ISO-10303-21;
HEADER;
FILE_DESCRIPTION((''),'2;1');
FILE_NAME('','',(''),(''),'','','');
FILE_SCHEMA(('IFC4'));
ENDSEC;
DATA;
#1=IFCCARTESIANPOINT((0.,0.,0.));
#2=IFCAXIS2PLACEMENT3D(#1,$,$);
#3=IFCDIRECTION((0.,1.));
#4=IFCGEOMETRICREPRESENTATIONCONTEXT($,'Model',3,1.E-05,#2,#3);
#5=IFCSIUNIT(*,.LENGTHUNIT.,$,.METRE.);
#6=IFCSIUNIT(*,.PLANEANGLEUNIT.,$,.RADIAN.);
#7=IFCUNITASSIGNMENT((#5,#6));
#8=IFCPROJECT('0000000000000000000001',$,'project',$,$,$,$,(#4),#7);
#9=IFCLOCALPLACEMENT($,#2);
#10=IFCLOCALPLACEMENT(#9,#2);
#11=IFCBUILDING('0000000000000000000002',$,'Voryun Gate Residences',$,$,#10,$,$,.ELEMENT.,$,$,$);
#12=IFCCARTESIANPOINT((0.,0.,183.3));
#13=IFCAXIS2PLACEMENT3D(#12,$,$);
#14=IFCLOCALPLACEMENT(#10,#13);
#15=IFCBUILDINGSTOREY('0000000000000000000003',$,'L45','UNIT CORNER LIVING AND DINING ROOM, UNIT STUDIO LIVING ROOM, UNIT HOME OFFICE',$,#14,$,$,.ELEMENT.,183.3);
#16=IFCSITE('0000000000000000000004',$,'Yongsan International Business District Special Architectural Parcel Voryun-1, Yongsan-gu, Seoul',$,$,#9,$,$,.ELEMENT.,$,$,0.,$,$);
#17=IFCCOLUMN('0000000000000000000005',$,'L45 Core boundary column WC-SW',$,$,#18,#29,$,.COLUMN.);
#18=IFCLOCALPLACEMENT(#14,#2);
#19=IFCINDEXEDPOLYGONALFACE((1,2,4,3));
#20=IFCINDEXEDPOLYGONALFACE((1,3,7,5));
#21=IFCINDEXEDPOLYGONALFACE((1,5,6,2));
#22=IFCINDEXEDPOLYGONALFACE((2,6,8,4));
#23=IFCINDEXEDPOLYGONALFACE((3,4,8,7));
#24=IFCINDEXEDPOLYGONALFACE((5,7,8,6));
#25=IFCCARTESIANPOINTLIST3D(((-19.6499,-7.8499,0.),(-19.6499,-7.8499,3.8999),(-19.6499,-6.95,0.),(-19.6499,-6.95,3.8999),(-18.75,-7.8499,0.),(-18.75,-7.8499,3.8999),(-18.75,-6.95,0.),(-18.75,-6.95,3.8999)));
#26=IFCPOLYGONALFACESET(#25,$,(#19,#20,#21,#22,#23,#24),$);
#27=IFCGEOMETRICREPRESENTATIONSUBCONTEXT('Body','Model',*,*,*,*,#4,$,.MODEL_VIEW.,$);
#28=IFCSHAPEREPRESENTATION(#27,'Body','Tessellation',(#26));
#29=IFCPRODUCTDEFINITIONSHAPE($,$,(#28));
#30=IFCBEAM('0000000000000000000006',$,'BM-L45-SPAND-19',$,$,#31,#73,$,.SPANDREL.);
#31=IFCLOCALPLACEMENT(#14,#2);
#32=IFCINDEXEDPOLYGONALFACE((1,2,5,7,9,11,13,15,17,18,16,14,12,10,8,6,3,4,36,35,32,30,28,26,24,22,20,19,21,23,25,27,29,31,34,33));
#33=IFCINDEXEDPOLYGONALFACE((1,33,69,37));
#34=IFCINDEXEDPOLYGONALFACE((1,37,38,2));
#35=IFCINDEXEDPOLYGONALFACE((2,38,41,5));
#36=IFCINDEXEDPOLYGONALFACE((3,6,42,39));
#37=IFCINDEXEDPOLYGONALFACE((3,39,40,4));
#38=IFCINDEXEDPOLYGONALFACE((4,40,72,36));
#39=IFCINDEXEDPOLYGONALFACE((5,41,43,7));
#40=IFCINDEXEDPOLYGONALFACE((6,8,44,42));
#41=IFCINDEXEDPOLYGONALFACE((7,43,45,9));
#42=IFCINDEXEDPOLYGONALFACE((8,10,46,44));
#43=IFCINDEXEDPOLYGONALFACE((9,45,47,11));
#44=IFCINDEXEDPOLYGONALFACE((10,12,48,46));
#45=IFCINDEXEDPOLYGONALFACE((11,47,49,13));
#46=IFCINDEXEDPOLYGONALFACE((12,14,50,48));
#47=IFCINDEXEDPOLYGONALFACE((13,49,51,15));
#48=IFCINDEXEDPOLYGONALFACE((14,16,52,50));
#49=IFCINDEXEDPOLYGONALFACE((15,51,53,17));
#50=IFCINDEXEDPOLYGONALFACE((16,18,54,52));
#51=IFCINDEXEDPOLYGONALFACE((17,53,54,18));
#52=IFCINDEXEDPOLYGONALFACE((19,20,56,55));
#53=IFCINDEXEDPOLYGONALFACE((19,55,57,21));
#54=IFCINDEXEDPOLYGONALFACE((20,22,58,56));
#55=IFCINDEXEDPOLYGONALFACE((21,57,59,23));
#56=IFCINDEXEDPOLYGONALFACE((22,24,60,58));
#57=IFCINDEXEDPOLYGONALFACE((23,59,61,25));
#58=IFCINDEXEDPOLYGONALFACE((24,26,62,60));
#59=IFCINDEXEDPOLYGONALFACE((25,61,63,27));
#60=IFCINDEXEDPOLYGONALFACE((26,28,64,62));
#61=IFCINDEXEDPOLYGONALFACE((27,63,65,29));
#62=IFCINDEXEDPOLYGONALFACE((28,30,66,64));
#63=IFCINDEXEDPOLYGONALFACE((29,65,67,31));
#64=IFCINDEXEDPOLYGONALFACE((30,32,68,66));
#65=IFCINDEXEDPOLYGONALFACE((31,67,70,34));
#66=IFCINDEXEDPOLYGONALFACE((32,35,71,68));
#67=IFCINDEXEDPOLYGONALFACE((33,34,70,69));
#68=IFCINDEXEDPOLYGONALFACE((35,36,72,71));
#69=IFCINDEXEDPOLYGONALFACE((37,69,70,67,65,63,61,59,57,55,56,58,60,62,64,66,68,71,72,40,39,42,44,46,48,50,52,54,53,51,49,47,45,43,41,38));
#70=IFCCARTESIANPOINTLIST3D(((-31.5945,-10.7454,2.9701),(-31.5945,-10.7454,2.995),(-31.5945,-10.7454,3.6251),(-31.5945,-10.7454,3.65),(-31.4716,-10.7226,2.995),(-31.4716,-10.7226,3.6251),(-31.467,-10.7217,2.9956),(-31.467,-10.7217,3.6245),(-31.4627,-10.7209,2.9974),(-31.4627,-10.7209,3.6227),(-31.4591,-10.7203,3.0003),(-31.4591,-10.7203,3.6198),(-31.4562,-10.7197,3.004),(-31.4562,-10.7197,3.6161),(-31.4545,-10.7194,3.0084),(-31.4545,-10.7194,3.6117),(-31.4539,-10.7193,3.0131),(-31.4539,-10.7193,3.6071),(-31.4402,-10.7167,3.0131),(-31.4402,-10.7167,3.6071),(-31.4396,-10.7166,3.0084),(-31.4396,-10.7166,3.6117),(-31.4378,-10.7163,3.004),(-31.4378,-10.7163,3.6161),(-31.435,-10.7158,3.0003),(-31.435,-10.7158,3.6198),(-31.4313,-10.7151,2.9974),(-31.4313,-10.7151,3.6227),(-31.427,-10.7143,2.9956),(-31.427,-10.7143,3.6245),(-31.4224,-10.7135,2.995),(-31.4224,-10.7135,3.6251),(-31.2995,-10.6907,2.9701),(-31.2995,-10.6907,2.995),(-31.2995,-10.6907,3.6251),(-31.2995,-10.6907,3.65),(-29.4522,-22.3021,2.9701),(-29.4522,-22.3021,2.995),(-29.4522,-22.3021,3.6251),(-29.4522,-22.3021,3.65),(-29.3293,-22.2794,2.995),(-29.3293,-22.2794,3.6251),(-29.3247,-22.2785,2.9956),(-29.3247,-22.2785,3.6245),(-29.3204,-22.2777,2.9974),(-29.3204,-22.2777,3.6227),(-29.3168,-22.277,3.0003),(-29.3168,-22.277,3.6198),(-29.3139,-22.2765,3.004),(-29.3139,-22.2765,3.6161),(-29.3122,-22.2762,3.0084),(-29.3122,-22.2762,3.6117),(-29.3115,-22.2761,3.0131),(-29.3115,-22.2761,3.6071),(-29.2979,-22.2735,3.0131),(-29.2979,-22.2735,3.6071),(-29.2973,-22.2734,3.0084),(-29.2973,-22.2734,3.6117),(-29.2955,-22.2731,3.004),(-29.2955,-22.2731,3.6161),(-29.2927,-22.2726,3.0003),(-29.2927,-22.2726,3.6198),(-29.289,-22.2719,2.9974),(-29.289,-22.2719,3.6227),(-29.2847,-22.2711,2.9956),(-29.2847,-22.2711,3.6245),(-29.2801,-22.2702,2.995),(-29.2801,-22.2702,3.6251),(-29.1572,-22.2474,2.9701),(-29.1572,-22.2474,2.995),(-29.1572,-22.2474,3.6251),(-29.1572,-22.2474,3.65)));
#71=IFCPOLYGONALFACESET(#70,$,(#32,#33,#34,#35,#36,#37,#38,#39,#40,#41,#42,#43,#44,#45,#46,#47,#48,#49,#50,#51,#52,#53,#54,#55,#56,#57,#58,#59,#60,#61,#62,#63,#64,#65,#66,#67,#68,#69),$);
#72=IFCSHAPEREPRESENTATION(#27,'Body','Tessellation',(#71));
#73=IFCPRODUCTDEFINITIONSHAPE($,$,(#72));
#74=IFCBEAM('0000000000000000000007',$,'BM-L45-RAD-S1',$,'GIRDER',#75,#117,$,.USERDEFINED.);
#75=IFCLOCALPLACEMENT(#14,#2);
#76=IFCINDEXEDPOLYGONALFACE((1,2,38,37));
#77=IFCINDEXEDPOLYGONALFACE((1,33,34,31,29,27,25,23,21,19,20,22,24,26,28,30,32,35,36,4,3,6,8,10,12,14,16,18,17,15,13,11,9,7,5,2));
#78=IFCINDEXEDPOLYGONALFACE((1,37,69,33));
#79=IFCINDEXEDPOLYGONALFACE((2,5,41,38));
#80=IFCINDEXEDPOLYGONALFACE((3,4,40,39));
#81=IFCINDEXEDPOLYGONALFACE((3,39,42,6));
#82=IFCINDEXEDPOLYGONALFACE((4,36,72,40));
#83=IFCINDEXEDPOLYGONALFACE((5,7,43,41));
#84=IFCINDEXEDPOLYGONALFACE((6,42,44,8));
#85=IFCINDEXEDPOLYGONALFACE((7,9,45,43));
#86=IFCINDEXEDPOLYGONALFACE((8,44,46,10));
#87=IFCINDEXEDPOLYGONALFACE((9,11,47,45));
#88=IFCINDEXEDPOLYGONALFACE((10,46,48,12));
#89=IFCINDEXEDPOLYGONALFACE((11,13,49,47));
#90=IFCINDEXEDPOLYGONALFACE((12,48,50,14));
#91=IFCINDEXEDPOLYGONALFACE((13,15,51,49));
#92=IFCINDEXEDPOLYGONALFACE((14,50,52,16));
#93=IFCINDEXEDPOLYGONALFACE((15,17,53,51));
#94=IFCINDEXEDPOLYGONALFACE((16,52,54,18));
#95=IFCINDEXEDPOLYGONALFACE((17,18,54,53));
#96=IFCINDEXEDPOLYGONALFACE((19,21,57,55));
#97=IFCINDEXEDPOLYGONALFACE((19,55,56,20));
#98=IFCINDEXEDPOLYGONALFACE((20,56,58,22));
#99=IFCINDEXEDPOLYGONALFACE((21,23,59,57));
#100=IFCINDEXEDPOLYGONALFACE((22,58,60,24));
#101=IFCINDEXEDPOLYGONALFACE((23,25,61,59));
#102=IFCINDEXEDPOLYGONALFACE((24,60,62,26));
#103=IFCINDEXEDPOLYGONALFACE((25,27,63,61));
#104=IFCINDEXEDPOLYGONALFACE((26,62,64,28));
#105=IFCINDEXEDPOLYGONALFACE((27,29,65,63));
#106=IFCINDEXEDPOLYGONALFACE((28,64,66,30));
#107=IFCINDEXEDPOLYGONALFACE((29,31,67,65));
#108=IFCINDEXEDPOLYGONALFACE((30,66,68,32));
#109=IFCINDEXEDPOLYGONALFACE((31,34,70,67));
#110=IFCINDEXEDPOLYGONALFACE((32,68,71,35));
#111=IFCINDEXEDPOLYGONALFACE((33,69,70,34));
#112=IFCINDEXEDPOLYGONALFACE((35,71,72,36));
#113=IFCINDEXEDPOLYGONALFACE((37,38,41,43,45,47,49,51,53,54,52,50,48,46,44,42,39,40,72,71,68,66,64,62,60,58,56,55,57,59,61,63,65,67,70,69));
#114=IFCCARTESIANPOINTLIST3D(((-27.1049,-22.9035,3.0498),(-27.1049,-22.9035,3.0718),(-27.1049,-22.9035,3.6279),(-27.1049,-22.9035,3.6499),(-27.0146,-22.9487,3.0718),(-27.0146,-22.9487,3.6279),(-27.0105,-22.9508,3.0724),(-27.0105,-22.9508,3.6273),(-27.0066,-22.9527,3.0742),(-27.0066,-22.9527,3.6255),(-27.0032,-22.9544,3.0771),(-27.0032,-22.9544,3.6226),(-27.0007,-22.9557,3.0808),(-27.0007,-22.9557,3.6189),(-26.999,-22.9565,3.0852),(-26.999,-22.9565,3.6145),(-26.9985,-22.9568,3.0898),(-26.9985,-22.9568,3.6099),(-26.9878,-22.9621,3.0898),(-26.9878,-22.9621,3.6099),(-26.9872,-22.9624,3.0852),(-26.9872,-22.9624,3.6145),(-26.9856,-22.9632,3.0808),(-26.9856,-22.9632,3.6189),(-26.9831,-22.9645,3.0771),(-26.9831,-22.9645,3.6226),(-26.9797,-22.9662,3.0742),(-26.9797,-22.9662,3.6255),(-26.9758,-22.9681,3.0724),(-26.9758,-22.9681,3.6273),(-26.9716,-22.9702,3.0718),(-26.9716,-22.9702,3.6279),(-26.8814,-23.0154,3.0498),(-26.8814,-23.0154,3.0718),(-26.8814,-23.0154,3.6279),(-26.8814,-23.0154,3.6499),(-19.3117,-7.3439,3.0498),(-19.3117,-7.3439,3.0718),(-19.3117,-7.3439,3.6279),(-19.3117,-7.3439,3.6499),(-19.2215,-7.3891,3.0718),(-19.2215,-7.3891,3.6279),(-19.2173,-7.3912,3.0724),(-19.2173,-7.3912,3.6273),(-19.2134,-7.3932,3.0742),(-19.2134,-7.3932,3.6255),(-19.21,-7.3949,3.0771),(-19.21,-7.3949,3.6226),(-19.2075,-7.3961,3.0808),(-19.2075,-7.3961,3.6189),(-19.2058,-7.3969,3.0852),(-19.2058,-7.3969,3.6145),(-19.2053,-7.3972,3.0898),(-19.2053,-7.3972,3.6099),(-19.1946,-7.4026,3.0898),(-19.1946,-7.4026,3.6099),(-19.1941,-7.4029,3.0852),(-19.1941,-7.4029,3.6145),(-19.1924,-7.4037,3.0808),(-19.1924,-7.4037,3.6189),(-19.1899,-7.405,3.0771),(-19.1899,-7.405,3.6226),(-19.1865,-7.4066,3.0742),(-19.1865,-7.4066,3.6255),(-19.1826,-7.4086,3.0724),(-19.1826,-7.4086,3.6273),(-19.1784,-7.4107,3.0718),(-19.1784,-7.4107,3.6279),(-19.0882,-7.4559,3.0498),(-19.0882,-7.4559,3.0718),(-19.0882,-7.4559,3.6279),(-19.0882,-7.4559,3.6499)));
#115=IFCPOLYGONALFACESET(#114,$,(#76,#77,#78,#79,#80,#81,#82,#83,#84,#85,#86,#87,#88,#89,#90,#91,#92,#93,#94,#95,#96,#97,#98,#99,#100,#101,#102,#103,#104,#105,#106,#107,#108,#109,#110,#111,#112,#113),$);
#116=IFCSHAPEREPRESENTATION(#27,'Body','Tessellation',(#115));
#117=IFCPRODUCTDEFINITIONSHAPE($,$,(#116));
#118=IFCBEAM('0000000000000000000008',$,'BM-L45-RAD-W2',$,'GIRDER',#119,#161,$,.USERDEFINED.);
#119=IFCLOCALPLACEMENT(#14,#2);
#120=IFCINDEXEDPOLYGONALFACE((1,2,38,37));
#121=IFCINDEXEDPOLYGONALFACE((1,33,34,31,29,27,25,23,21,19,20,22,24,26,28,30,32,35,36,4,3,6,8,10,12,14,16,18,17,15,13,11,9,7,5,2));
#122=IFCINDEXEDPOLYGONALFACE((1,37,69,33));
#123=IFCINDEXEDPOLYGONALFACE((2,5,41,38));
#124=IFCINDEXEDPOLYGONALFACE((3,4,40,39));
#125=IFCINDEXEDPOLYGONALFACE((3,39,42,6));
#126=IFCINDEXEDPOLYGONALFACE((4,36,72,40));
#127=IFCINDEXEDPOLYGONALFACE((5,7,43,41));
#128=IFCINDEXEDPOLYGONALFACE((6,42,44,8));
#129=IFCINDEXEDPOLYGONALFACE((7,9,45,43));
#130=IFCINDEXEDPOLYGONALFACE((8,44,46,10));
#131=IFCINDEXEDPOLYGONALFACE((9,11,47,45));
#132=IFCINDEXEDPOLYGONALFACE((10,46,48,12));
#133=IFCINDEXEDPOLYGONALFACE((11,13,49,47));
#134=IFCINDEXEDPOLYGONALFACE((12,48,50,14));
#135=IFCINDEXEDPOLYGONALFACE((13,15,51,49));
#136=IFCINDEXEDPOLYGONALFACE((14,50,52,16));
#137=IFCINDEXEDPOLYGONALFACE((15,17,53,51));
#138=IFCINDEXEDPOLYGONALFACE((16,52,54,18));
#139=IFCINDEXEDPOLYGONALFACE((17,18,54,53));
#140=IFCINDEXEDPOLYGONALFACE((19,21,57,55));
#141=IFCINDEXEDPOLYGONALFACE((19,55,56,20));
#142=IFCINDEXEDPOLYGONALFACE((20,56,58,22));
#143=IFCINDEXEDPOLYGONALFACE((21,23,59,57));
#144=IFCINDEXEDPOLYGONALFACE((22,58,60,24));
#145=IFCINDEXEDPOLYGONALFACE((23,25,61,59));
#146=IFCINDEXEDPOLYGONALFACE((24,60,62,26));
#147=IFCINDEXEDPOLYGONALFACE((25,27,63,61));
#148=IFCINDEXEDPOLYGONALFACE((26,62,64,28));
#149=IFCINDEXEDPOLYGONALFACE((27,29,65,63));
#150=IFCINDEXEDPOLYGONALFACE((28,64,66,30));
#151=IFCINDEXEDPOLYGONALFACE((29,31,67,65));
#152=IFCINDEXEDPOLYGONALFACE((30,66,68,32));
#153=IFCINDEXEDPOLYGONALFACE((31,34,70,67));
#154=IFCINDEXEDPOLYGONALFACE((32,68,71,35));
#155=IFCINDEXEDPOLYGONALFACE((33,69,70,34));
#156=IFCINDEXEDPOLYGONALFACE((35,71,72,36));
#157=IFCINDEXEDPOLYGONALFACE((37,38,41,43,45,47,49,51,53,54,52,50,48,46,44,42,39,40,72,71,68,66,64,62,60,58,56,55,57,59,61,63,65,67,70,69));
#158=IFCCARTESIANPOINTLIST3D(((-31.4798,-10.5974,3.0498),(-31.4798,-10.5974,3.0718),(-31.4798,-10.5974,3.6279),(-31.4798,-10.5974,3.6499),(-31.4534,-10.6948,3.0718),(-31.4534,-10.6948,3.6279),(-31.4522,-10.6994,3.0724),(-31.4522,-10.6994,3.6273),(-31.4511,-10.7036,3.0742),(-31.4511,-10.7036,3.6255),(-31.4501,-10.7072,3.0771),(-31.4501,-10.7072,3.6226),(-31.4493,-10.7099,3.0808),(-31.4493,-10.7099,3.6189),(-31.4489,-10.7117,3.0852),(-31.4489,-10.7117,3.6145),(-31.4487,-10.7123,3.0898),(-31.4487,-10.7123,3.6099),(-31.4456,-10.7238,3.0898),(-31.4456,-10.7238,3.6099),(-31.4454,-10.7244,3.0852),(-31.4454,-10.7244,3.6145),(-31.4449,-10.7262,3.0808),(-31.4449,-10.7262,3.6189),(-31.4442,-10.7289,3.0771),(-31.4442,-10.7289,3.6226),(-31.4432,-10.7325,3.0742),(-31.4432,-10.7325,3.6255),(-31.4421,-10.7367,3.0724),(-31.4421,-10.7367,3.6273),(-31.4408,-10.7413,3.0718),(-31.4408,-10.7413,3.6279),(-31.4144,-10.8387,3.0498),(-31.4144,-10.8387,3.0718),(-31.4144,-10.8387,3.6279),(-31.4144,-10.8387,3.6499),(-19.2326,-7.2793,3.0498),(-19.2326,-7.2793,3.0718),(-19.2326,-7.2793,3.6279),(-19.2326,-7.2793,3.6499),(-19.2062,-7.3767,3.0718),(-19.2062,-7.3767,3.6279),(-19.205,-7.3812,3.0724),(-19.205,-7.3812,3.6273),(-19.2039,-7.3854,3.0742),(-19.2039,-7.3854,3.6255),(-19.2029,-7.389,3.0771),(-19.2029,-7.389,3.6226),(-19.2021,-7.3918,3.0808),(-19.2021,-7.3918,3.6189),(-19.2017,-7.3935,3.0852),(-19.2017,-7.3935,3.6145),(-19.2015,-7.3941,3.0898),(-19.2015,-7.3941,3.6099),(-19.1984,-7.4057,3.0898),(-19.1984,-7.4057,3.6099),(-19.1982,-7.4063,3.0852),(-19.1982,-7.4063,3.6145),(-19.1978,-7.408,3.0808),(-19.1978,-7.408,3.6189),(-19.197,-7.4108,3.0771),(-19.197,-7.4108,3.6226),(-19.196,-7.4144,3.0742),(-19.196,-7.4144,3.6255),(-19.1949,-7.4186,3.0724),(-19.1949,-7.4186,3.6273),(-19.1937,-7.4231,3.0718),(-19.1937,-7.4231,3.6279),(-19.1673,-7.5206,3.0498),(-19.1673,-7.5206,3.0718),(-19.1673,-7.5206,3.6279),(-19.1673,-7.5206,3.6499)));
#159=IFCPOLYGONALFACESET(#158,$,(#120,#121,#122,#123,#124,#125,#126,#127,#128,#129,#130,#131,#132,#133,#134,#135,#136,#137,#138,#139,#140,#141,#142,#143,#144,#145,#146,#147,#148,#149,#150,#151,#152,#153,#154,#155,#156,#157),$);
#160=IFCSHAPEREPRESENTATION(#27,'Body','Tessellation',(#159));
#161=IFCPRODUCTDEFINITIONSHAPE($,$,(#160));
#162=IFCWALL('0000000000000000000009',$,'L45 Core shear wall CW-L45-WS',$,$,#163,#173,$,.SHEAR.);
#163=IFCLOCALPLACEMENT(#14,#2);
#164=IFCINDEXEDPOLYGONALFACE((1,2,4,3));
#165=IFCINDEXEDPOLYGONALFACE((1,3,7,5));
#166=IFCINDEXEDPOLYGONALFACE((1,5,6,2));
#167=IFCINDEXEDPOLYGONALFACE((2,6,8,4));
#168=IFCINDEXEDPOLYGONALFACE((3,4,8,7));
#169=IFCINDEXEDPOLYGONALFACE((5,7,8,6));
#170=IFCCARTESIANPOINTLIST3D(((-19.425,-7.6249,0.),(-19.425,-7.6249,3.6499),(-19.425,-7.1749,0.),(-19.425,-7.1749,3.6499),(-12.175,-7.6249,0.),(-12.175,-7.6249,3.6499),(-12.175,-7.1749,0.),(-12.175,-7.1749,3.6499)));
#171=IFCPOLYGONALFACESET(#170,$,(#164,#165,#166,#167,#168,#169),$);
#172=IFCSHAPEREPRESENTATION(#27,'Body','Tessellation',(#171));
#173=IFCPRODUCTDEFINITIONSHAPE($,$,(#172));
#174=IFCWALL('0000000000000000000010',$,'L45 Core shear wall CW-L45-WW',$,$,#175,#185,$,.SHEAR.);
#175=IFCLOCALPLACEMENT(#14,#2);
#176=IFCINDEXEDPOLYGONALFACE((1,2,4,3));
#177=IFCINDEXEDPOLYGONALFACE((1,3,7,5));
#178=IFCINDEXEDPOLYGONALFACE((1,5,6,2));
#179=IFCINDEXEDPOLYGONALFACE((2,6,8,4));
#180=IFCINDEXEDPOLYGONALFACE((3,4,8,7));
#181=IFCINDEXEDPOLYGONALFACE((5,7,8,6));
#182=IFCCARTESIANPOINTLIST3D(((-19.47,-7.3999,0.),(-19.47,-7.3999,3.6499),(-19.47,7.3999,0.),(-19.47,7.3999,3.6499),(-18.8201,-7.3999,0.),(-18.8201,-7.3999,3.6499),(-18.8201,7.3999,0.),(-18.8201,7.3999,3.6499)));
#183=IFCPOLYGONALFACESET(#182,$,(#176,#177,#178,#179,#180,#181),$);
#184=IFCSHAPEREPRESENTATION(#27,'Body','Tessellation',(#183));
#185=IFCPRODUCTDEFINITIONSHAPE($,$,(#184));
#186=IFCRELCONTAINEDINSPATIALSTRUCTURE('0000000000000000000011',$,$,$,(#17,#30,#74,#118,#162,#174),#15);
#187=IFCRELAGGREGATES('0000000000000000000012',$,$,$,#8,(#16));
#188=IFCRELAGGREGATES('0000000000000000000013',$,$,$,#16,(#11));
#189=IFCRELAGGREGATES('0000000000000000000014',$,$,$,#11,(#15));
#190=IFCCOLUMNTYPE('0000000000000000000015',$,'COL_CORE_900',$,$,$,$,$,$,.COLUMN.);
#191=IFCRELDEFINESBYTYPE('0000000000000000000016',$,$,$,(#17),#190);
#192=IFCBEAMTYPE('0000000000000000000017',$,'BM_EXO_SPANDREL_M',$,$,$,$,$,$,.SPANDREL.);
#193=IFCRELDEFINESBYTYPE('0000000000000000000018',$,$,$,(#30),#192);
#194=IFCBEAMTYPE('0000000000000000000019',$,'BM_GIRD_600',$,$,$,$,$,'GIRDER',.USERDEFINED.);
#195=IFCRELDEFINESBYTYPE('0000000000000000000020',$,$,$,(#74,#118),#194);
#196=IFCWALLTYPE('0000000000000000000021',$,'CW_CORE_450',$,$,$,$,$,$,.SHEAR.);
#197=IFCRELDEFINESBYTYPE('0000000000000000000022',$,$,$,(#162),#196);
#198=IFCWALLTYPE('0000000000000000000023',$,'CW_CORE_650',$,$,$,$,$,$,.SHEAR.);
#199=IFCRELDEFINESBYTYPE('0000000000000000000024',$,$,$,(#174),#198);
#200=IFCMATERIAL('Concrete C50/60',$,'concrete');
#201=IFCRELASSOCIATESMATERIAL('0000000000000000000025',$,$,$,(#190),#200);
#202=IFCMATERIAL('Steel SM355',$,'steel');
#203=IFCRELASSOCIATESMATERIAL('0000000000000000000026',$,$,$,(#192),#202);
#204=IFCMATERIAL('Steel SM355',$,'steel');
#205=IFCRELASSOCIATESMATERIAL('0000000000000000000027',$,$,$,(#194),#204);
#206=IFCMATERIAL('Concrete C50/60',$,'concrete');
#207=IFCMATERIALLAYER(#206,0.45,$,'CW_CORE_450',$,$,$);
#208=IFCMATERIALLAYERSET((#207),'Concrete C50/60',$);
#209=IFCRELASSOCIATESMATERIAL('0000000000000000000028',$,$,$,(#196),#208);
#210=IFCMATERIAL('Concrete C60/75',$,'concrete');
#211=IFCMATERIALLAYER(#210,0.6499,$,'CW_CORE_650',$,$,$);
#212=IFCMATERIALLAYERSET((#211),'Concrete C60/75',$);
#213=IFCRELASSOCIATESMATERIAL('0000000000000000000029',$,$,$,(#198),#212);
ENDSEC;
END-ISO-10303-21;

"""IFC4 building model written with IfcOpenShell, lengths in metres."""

from ifc_helpers import new_model, si_unit, direction, frame, frame_2d, origin, origin_2d, place, context, subcontext, project, spatial, rectangle, i_section, extrude, material, layer, layer_set, material_profile, profile_set, type_object, element, save


model = new_model("IFC4")

# Units and contexts
model_context = context("Model", 3, precision=1e-05, world=origin(), true_north=direction((0.0, 1.0)))
body_context = subcontext(model_context, "Body", "Model", "MODEL_VIEW")
ifc_project = project(units=[si_unit("LENGTHUNIT", "METRE"), si_unit("PLANEANGLEUNIT", "RADIAN")], contexts=[model_context])

# Site, building, storey
site_placement = place(None, origin())
site = spatial("IfcSite", under=ifc_project, at=site_placement, Name="Yongsan International Business District Special Architectural Parcel Voryun-1, Yongsan-gu, Seoul", CompositionType="ELEMENT", RefElevation=0.0)
building_placement = place(site_placement, origin())
building = spatial("IfcBuilding", under=site, at=building_placement, Name="Voryun Gate Residences", CompositionType="ELEMENT")
storey_placement = place(building_placement, frame((0.0, 0.0, 183.3)))
storey = spatial("IfcBuildingStorey", under=building, at=storey_placement, Name="L45", Description="UNIT CORNER LIVING AND DINING ROOM, UNIT STUDIO LIVING ROOM, UNIT HOME OFFICE", CompositionType="ELEMENT", Elevation=183.3)

# Column
ifc_material_1 = material(Name="Concrete C50/60", Category="concrete")
ifc_material_profile_1 = material_profile(ifc_material_1, rectangle(XDim=0.8999, YDim=0.8999, at=origin_2d()), Name="RC-900x900")
ifc_profile_set_1 = profile_set([ifc_material_profile_1], Name="Concrete C50/60")
column_type = type_object("IfcColumnType", Name="COL_CORE_900", PredefinedType="COLUMN", material=ifc_profile_set_1)
column_placement = place(storey_placement, frame((-19.2, -7.3999, 0.0), z_axis=(0.0, 0.0, 1.0), x_axis=(1.0, 0.0, 0.0)))
element("IfcColumn", 1, at=column_placement, inside=storey, type_object=column_type, Name="L45 Core boundary column WC-SW", PredefinedType="COLUMN", context=body_context, shape_type="SweptSolid", body=[
    extrude(rectangle(XDim=0.8999, YDim=0.8999, at=origin_2d()), origin(), (0.0, 0.0, 1.0), 3.8999),
])

# Beams
ifc_material_2 = material(Name="Steel SM355", Category="steel")
ifc_material_profile_2 = material_profile(ifc_material_2, i_section(OverallWidth=0.3, OverallDepth=0.6799, WebThickness=0.0139, FlangeThickness=0.0249, FilletRadius=0.0181, at=origin_2d()), Name="H-680x300x14x25")
ifc_profile_set_2 = profile_set([ifc_material_profile_2], Name="Steel SM355")
beam_type_1 = type_object("IfcBeamType", Name="BM_EXO_SPANDREL_M", PredefinedType="SPANDREL", material=ifc_profile_set_2)
beam_1_placement = place(storey_placement, frame((-31.447, -10.718, 3.3101), z_axis=(0.182268, -0.983249, 0.0), x_axis=(0.983249, 0.182268, 0.0)))
element("IfcBeam", 2, at=beam_1_placement, inside=storey, type_object=beam_type_1, Name="BM-L45-SPAND-19", PredefinedType="SPANDREL", context=body_context, shape_type="SweptSolid", body=[
    extrude(i_section(OverallWidth=0.3, OverallDepth=0.6799, WebThickness=0.0139, FlangeThickness=0.0249, FilletRadius=0.0181, at=origin_2d()), origin(), (0.0, 0.0, 1.0), 11.7537),
])
ifc_material_3 = material(Name="Steel SM355", Category="steel")
ifc_material_profile_3 = material_profile(ifc_material_3, i_section(OverallWidth=0.25, OverallDepth=0.6001, WebThickness=0.012, FlangeThickness=0.022, FilletRadius=0.0181, at=origin_2d()), Name="H-600x250x12x22")
ifc_profile_set_3 = profile_set([ifc_material_profile_3], Name="Steel SM355")
beam_type_2 = type_object("IfcBeamType", Name="BM_GIRD_600", ElementType="GIRDER", PredefinedType="USERDEFINED", material=ifc_profile_set_3)
beam_2_placement = place(storey_placement, frame((-19.2, -7.3999, 3.3499), z_axis=(-0.447831, -0.894118, 0.0), x_axis=(0.894118, -0.447831, 0.0)))
element("IfcBeam", 3, at=beam_2_placement, inside=storey, type_object=beam_type_2, Name="BM-L45-RAD-S1", ObjectType="GIRDER", PredefinedType="USERDEFINED", context=body_context, shape_type="SweptSolid", body=[
    extrude(i_section(OverallWidth=0.25, OverallDepth=0.6001, WebThickness=0.012, FlangeThickness=0.022, FilletRadius=0.0181, at=origin_2d()), origin(), (0.0, 0.0, 1.0), 17.4021),
])
beam_3_placement = place(storey_placement, frame((-19.2, -7.3999, 3.3499), z_axis=(-0.965202, -0.261504, 0.0), x_axis=(0.261504, -0.965202, 0.0)))
element("IfcBeam", 4, at=beam_3_placement, inside=storey, type_object=beam_type_2, Name="BM-L45-RAD-W2", ObjectType="GIRDER", PredefinedType="USERDEFINED", context=body_context, shape_type="SweptSolid", body=[
    extrude(i_section(OverallWidth=0.25, OverallDepth=0.6001, WebThickness=0.012, FlangeThickness=0.022, FilletRadius=0.0181, at=origin_2d()), origin(), (0.0, 0.0, 1.0), 12.6887),
])

# Walls
ifc_material_4 = material(Name="Concrete C50/60", Category="concrete")
ifc_layer_1 = layer(ifc_material_4, 0.45, Name="CW_CORE_450")
ifc_layer_set_1 = layer_set([ifc_layer_1], Name="Concrete C50/60")
wall_type_1 = type_object("IfcWallType", Name="CW_CORE_450", PredefinedType="SHEAR", material=ifc_layer_set_1)
wall_1_placement = place(storey_placement, frame((-19.425, -7.3999, 0.0), z_axis=(0.0, 0.0, 1.0), x_axis=(1.0, 0.0, 0.0)))
element("IfcWall", 5, at=wall_1_placement, inside=storey, type_object=wall_type_1, Name="L45 Core shear wall CW-L45-WS", PredefinedType="SHEAR", context=body_context, shape_type="SweptSolid", body=[
    extrude(rectangle(XDim=7.25, YDim=0.45, at=frame_2d((3.625, 0.0))), origin(), (0.0, 0.0, 1.0), 3.6499),
])
ifc_material_5 = material(Name="Concrete C60/75", Category="concrete")
ifc_layer_2 = layer(ifc_material_5, 0.6499, Name="CW_CORE_650")
ifc_layer_set_2 = layer_set([ifc_layer_2], Name="Concrete C60/75")
wall_type_2 = type_object("IfcWallType", Name="CW_CORE_650", PredefinedType="SHEAR", material=ifc_layer_set_2)
wall_2_placement = place(storey_placement, frame((-19.145, -7.3999, 0.0), z_axis=(0.0, 0.0, 1.0), x_axis=(0.0, 1.0, 0.0)))
element("IfcWall", 6, at=wall_2_placement, inside=storey, type_object=wall_type_2, Name="L45 Core shear wall CW-L45-WW", PredefinedType="SHEAR", context=body_context, shape_type="SweptSolid", body=[
    extrude(rectangle(XDim=14.7998, YDim=0.6499, at=frame_2d((7.3999, 0.0))), origin(), (0.0, 0.0, 1.0), 3.6499),
])

save(model, "model.ifc")
